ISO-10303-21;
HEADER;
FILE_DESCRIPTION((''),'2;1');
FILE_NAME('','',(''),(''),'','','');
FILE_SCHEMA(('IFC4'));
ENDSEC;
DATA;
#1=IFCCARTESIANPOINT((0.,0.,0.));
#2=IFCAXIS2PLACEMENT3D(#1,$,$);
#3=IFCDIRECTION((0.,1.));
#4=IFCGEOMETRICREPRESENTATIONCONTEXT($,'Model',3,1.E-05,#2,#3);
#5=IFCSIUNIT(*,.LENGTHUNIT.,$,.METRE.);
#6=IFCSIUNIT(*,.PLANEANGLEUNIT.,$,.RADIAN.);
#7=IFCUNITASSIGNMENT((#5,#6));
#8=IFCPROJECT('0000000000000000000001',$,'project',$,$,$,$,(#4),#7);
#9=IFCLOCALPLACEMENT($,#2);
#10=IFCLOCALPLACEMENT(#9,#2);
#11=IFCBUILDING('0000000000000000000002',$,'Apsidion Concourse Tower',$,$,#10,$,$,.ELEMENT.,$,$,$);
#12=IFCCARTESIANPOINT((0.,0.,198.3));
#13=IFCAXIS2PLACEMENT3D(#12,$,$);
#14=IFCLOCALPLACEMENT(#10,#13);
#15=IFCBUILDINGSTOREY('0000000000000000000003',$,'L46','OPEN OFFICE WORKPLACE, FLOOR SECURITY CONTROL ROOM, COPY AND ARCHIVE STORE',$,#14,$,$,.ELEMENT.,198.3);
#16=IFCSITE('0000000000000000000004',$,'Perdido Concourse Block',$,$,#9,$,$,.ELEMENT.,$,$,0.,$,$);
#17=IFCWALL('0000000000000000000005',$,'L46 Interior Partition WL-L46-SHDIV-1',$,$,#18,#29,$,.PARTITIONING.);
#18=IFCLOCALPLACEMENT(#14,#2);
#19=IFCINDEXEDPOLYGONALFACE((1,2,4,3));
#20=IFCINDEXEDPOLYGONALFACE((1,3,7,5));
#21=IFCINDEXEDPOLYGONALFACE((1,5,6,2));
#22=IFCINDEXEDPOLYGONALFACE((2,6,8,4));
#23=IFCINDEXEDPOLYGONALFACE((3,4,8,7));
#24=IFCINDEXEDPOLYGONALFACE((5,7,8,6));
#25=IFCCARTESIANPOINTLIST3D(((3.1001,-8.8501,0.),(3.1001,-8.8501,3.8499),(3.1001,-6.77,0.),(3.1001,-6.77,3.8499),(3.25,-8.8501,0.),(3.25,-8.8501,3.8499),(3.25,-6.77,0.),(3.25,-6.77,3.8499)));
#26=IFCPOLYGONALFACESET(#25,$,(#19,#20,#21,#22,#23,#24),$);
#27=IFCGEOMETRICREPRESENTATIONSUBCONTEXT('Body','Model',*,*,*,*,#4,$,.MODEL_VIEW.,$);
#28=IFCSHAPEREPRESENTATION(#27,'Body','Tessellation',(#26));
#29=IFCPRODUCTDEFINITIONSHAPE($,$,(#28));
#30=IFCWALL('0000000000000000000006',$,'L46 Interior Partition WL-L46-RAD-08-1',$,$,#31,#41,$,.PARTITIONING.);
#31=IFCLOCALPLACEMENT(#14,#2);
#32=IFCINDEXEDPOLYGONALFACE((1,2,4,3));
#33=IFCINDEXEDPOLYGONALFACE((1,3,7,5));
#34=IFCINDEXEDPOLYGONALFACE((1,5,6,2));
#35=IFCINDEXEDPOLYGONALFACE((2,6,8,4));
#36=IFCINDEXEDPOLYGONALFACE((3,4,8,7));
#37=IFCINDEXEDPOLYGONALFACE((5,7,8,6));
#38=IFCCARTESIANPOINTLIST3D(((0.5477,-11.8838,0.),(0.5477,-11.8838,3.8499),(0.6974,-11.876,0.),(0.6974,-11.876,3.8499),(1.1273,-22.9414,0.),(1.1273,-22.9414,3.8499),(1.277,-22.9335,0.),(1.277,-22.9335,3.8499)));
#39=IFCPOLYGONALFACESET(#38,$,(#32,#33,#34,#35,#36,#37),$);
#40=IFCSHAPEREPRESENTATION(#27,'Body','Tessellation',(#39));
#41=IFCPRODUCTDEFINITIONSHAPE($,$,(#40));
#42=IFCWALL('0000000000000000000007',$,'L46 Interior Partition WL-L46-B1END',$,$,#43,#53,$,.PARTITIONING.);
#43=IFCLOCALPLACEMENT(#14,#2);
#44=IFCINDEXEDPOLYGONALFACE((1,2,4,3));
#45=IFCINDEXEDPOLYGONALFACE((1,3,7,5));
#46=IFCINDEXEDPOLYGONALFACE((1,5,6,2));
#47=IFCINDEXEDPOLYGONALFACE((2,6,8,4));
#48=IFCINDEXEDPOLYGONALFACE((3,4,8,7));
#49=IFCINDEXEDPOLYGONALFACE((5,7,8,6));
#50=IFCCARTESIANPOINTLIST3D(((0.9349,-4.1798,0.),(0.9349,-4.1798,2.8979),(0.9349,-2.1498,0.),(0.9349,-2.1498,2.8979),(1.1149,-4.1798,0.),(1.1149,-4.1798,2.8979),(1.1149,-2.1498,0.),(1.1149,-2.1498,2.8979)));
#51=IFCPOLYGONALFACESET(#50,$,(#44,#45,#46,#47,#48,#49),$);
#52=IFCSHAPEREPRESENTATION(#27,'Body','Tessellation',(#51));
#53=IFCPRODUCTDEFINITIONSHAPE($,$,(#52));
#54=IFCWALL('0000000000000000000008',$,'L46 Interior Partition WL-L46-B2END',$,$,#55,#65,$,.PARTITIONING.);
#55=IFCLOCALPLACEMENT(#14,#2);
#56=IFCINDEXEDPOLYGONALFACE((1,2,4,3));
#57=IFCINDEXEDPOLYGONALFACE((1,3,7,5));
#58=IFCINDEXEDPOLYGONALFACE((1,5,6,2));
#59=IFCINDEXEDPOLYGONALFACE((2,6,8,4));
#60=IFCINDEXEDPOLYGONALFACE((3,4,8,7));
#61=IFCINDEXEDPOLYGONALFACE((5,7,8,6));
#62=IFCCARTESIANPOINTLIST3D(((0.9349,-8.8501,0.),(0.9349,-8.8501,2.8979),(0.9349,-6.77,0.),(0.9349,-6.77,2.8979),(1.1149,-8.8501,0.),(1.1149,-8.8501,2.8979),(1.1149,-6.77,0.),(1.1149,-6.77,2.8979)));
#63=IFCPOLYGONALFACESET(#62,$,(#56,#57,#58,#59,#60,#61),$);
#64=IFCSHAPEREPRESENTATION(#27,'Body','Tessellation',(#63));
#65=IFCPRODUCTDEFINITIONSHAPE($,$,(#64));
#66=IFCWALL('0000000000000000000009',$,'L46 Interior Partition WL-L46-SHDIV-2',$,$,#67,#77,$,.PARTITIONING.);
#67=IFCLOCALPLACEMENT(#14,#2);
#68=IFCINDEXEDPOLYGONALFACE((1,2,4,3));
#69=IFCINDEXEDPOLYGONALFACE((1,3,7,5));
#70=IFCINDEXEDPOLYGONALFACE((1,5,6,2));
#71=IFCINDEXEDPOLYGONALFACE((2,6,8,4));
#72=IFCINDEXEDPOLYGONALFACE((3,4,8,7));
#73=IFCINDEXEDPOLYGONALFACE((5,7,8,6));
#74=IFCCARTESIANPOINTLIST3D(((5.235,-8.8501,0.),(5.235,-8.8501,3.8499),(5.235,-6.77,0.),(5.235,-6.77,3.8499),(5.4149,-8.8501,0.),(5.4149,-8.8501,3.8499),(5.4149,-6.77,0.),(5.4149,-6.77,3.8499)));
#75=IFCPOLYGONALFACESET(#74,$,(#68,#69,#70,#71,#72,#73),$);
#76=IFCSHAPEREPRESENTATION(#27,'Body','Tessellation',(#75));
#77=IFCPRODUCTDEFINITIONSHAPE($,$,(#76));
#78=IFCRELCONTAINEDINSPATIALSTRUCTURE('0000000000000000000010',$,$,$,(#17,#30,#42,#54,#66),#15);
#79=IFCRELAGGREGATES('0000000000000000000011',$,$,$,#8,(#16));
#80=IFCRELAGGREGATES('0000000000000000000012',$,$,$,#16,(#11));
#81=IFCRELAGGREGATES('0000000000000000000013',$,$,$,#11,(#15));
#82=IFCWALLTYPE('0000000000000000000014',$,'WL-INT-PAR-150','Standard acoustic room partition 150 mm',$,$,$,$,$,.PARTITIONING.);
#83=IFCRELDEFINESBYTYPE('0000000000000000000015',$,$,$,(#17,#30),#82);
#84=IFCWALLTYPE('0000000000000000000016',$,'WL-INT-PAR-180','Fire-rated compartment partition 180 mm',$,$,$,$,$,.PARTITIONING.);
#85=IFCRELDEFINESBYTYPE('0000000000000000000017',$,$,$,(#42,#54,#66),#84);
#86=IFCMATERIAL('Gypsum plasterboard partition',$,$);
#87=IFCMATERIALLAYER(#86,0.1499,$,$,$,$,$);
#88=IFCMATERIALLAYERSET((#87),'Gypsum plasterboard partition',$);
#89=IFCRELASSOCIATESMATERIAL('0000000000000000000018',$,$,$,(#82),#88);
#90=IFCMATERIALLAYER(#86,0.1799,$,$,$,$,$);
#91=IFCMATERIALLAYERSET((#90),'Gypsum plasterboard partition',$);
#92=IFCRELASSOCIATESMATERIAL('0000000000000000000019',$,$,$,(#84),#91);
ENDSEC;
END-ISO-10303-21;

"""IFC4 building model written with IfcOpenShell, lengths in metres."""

from ifc_helpers import new_model, si_unit, direction, frame, frame_2d, origin, place, context, subcontext, project, spatial, rectangle, extrude, material, layer, layer_set, type_object, element, save


model = new_model("IFC4")

# Units and contexts
model_context = context("Model", 3, precision=1e-05, world=origin(), true_north=direction((0.0, 1.0)))
body_context = subcontext(model_context, "Body", "Model", "MODEL_VIEW")
ifc_project = project(units=[si_unit("LENGTHUNIT", "METRE"), si_unit("PLANEANGLEUNIT", "RADIAN")], contexts=[model_context])

# Site, building, storey
site_placement = place(None, origin())
site = spatial("IfcSite", under=ifc_project, at=site_placement, Name="Perdido Concourse Block", CompositionType="ELEMENT", RefElevation=0.0)
building_placement = place(site_placement, origin())
building = spatial("IfcBuilding", under=site, at=building_placement, Name="Apsidion Concourse Tower", CompositionType="ELEMENT")
storey_placement = place(building_placement, frame((0.0, 0.0, 198.3)))
storey = spatial("IfcBuildingStorey", under=building, at=storey_placement, Name="L46", Description="OPEN OFFICE WORKPLACE, FLOOR SECURITY CONTROL ROOM, COPY AND ARCHIVE STORE", CompositionType="ELEMENT", Elevation=198.3)

# Walls
ifc_material_1 = material(Name="Gypsum plasterboard partition")
ifc_layer_1 = layer(ifc_material_1, 0.1499)
ifc_layer_set_1 = layer_set([ifc_layer_1], Name="Gypsum plasterboard partition")
wall_type_1 = type_object("IfcWallType", Name="WL-INT-PAR-150", Description="Standard acoustic room partition 150 mm", PredefinedType="PARTITIONING", material=ifc_layer_set_1)
wall_1_placement = place(storey_placement, frame((3.175, -8.8501, 0.0), z_axis=(0.0, 0.0, 1.0), x_axis=(0.0, 1.0, 0.0)))
element("IfcWall", 1, at=wall_1_placement, inside=storey, type_object=wall_type_1, Name="L46 Interior Partition WL-L46-SHDIV-1", PredefinedType="PARTITIONING", context=body_context, shape_type="SweptSolid", body=[
    extrude(rectangle(XDim=2.0801, YDim=0.1499, at=frame_2d((1.04, 0.0))), origin(), (0.0, 0.0, 1.0), 3.8499),
])
wall_2_placement = place(storey_placement, frame((0.6226, -11.8799, 0.0), z_axis=(0.0, 0.0, 1.0), x_axis=(0.052344, -0.998629, 0.0)))
element("IfcWall", 2, at=wall_2_placement, inside=storey, type_object=wall_type_1, Name="L46 Interior Partition WL-L46-RAD-08-1", PredefinedType="PARTITIONING", context=body_context, shape_type="SweptSolid", body=[
    extrude(rectangle(XDim=11.0728, YDim=0.1499, at=frame_2d((5.5364, 0.0))), origin(), (0.0, 0.0, 1.0), 3.8499),
])
ifc_layer_2 = layer(ifc_material_1, 0.1799)
ifc_layer_set_2 = layer_set([ifc_layer_2], Name="Gypsum plasterboard partition")
wall_type_2 = type_object("IfcWallType", Name="WL-INT-PAR-180", Description="Fire-rated compartment partition 180 mm", PredefinedType="PARTITIONING", material=ifc_layer_set_2)
wall_3_placement = place(storey_placement, frame((1.0249, -4.1799, 0.0), z_axis=(0.0, 0.0, 1.0), x_axis=(0.0, 1.0, 0.0)))
element("IfcWall", 3, at=wall_3_placement, inside=storey, type_object=wall_type_2, Name="L46 Interior Partition WL-L46-B1END", PredefinedType="PARTITIONING", context=body_context, shape_type="SweptSolid", body=[
    extrude(rectangle(XDim=2.03, YDim=0.1799, at=frame_2d((1.0151, 0.0))), origin(), (0.0, 0.0, 1.0), 2.8979),
])
wall_4_placement = place(storey_placement, frame((1.0249, -8.8501, 0.0), z_axis=(0.0, 0.0, 1.0), x_axis=(0.0, 1.0, 0.0)))
element("IfcWall", 4, at=wall_4_placement, inside=storey, type_object=wall_type_2, Name="L46 Interior Partition WL-L46-B2END", PredefinedType="PARTITIONING", context=body_context, shape_type="SweptSolid", body=[
    extrude(rectangle(XDim=2.0801, YDim=0.1799, at=frame_2d((1.04, 0.0))), origin(), (0.0, 0.0, 1.0), 2.8979),
])
wall_5_placement = place(storey_placement, frame((5.325, -8.8501, 0.0), z_axis=(0.0, 0.0, 1.0), x_axis=(0.0, 1.0, 0.0)))
element("IfcWall", 5, at=wall_5_placement, inside=storey, type_object=wall_type_2, Name="L46 Interior Partition WL-L46-SHDIV-2", PredefinedType="PARTITIONING", context=body_context, shape_type="SweptSolid", body=[
    extrude(rectangle(XDim=2.0801, YDim=0.1799, at=frame_2d((1.04, 0.0))), origin(), (0.0, 0.0, 1.0), 3.8499),
])

save(model, "model.ifc")
